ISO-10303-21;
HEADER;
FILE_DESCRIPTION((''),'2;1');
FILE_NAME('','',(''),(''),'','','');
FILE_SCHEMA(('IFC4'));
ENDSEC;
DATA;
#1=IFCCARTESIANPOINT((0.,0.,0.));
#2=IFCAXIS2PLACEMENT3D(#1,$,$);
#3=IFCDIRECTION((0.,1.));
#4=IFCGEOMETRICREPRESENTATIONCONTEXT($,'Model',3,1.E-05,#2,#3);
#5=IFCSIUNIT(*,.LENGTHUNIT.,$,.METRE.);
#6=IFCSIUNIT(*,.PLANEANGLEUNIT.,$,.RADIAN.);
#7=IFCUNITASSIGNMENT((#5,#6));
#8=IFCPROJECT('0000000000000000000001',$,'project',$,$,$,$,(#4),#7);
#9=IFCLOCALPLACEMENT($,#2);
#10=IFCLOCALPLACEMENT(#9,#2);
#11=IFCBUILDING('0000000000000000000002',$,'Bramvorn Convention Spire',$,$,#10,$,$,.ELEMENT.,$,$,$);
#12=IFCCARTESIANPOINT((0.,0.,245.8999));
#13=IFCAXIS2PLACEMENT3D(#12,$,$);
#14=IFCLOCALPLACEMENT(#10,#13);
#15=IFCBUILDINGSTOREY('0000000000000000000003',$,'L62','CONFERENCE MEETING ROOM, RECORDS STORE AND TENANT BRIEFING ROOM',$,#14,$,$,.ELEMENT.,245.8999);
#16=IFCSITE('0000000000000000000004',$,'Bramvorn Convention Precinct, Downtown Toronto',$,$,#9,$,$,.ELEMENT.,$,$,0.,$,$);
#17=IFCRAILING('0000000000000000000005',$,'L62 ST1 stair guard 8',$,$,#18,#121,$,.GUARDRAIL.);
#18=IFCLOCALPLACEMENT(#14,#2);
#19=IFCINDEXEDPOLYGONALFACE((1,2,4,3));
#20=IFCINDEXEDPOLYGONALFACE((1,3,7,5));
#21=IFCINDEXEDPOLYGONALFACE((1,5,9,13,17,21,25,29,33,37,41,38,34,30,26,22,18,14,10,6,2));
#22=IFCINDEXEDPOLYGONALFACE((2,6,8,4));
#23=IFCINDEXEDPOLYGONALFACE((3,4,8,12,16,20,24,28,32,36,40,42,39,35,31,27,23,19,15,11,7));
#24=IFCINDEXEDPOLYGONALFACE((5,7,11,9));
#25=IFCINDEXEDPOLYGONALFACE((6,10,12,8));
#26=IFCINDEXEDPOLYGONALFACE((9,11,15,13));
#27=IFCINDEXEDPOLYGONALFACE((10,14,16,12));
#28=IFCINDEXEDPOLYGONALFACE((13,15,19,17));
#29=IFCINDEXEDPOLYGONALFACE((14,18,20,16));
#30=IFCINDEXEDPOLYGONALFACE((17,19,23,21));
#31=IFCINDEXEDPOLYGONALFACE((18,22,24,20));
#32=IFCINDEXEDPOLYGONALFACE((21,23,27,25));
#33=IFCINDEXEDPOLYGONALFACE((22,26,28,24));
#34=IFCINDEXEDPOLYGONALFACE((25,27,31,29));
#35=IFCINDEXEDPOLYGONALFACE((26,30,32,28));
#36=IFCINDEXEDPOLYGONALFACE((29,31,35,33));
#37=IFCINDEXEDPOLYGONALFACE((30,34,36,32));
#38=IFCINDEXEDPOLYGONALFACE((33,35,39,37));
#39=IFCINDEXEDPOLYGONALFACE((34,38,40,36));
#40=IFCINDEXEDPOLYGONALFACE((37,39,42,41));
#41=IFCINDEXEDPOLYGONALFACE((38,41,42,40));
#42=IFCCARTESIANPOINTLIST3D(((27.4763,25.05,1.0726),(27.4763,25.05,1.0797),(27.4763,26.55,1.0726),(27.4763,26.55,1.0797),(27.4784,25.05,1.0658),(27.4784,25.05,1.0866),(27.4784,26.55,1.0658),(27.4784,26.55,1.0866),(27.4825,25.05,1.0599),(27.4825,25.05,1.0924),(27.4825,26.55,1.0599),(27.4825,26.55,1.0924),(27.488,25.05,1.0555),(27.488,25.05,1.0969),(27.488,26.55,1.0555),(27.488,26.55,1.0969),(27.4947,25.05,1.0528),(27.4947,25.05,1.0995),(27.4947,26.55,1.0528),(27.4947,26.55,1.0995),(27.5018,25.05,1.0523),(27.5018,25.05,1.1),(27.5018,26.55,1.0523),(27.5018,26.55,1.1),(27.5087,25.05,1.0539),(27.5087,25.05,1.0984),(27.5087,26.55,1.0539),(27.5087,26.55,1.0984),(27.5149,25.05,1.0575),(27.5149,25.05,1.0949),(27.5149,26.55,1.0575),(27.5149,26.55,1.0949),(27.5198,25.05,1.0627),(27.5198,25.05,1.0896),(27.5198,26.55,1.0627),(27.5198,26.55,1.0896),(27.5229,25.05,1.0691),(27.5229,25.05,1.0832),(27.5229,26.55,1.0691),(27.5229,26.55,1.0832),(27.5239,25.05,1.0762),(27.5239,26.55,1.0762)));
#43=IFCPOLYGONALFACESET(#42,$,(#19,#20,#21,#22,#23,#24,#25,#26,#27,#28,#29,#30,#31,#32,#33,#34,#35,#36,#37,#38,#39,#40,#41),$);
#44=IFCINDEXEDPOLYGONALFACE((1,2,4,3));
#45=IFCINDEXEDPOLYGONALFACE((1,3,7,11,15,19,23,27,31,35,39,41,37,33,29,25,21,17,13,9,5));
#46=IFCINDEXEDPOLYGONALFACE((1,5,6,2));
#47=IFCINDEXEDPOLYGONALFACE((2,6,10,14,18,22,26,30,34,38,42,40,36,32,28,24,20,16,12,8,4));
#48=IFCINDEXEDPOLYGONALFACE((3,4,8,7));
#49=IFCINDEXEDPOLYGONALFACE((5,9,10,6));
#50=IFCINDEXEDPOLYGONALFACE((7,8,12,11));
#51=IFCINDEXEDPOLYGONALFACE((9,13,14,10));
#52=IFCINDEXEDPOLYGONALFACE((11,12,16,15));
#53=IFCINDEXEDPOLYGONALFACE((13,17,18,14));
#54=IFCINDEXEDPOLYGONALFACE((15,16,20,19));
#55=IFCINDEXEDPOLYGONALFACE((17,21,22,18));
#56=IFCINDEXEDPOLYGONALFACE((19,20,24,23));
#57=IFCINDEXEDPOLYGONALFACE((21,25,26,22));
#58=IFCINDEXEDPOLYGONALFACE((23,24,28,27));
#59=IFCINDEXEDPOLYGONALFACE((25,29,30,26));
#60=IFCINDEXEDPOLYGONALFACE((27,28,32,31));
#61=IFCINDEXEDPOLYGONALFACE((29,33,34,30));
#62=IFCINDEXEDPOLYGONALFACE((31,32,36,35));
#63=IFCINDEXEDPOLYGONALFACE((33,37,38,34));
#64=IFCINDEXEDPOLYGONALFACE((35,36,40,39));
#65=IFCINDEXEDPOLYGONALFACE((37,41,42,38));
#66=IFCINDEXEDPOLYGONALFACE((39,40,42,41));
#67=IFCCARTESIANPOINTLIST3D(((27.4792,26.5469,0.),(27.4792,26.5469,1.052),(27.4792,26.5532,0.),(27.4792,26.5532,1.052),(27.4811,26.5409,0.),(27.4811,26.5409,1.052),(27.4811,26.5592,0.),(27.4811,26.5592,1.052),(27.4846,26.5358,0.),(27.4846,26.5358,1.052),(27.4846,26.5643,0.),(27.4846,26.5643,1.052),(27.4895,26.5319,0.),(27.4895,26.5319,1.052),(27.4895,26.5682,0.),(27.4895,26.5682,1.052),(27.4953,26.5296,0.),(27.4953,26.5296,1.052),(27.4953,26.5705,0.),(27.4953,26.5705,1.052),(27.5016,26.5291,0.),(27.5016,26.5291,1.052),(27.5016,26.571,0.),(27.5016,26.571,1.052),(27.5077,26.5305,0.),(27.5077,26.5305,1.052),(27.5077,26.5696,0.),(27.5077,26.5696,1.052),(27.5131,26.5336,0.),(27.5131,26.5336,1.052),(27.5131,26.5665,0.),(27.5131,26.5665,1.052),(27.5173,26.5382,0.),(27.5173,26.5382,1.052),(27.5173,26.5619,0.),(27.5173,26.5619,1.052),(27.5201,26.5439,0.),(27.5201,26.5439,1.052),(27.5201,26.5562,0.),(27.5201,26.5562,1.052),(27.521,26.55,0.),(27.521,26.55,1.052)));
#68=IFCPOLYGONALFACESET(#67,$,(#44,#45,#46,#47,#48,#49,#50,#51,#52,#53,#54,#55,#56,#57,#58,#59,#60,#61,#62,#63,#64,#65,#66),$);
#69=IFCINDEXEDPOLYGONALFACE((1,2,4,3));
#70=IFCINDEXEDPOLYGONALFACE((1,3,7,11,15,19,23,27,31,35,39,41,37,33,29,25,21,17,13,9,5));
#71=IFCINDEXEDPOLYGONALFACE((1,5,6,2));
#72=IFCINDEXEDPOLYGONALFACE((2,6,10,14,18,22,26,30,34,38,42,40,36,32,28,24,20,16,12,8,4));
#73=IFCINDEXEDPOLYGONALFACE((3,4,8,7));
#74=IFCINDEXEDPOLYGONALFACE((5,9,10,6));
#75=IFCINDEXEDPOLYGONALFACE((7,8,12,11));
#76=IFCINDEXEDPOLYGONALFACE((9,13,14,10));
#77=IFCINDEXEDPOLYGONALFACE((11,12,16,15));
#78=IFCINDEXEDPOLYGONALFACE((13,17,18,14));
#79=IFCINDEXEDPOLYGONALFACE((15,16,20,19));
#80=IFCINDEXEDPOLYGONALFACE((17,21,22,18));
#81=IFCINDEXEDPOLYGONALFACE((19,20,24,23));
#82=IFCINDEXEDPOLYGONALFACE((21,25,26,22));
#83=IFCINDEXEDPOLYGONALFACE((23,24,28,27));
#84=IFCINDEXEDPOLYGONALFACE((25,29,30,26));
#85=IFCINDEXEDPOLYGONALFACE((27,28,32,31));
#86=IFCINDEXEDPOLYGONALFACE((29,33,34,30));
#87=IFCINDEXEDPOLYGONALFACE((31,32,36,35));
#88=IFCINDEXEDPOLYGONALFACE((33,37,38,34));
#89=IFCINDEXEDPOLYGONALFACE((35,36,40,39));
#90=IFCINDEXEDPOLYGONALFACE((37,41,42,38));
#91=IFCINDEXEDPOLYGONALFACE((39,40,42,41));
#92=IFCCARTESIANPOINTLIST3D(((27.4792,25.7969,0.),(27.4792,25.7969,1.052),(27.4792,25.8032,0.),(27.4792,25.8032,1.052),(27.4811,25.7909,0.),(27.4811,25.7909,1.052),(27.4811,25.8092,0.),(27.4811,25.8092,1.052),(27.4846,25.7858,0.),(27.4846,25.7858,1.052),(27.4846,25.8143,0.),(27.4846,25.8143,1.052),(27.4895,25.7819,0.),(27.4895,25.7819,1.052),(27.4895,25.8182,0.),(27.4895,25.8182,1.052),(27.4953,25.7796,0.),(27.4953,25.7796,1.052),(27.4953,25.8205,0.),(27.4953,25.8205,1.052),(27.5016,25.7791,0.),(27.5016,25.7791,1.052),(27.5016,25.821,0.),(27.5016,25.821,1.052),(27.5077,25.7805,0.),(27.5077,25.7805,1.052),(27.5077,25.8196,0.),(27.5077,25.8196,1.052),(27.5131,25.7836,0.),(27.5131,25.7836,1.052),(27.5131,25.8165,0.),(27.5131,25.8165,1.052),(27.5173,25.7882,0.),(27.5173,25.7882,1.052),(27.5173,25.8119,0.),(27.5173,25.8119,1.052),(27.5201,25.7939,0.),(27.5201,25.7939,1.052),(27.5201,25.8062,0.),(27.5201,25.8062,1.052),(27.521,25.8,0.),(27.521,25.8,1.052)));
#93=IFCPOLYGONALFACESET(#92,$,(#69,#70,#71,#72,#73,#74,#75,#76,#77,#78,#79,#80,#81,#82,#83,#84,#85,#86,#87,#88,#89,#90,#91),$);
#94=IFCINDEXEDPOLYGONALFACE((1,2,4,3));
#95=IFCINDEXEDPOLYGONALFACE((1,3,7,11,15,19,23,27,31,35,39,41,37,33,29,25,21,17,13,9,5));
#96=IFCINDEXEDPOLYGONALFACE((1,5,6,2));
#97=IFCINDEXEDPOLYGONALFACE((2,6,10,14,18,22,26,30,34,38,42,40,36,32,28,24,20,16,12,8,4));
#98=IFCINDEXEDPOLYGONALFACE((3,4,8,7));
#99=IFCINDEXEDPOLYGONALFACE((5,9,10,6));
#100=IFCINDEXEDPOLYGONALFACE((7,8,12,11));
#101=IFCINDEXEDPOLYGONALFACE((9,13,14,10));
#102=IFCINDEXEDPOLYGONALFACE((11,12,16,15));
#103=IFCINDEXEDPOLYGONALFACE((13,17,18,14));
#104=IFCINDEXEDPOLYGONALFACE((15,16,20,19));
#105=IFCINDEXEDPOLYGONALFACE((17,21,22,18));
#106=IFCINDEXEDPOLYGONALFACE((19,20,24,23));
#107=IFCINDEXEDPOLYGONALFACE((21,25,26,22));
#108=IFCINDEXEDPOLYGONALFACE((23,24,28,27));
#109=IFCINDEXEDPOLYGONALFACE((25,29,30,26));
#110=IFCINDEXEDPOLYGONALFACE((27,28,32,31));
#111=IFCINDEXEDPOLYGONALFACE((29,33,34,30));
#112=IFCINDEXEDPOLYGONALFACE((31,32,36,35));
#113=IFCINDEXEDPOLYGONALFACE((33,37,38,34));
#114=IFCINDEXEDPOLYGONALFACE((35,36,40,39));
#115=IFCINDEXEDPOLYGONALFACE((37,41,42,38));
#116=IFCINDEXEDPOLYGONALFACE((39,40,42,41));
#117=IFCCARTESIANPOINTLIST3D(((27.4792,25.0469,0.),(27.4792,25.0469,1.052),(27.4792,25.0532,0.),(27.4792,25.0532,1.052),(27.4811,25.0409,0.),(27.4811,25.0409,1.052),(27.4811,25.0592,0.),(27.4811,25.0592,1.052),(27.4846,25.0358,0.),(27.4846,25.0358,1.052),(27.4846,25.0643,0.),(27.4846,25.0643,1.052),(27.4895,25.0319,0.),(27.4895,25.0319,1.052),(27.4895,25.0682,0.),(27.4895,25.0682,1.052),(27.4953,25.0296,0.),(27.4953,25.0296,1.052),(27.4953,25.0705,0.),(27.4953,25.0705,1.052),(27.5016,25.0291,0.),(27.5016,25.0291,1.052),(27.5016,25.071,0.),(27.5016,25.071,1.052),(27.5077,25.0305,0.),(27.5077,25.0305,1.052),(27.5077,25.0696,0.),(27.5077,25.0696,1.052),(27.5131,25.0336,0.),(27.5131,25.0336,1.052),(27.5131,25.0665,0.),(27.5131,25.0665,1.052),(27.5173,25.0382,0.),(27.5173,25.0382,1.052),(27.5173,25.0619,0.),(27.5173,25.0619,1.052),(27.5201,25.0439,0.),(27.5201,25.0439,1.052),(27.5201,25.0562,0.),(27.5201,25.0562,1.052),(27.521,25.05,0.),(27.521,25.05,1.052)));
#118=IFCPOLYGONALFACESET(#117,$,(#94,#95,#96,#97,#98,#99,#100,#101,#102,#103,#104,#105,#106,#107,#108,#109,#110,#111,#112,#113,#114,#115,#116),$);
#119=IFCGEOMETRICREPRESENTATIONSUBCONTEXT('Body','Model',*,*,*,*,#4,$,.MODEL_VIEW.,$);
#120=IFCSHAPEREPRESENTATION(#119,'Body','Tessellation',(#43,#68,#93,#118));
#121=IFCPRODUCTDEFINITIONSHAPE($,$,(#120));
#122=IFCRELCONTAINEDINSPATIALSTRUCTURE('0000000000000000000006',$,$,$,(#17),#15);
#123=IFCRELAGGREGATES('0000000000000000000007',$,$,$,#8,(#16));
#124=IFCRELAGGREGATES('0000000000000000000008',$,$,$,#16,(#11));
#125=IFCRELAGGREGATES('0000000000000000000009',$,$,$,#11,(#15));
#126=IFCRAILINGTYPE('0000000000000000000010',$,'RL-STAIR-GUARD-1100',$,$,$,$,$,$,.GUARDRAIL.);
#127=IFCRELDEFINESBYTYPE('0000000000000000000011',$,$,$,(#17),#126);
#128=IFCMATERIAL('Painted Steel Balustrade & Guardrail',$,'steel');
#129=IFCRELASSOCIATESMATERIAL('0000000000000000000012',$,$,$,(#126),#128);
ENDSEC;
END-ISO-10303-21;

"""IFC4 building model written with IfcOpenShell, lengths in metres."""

from ifc_helpers import new_model, si_unit, direction, frame, origin, origin_2d, place, context, subcontext, project, spatial, circle, extrude, material, type_object, element, save


model = new_model("IFC4")

# Units and contexts
model_context = context("Model", 3, precision=1e-05, world=origin(), true_north=direction((0.0, 1.0)))
body_context = subcontext(model_context, "Body", "Model", "MODEL_VIEW")
ifc_project = project(units=[si_unit("LENGTHUNIT", "METRE"), si_unit("PLANEANGLEUNIT", "RADIAN")], contexts=[model_context])

# Site, building, storey
site_placement = place(None, origin())
site = spatial("IfcSite", under=ifc_project, at=site_placement, Name="Bramvorn Convention Precinct, Downtown Toronto", CompositionType="ELEMENT", RefElevation=0.0)
building_placement = place(site_placement, origin())
building = spatial("IfcBuilding", under=site, at=building_placement, Name="Bramvorn Convention Spire", CompositionType="ELEMENT")
storey_placement = place(building_placement, frame((0.0, 0.0, 245.8999)))
storey = spatial("IfcBuildingStorey", under=building, at=storey_placement, Name="L62", Description="CONFERENCE MEETING ROOM, RECORDS STORE AND TENANT BRIEFING ROOM", CompositionType="ELEMENT", Elevation=245.8999)

# Railing
ifc_material_1 = material(Name="Painted Steel Balustrade & Guardrail", Category="steel")
railing_type_1 = type_object("IfcRailingType", Name="RL-STAIR-GUARD-1100", PredefinedType="GUARDRAIL", material=ifc_material_1)
railing_1_placement = place(storey_placement, frame((27.5, 26.55, 0.0)))
element("IfcRailing", 1, at=railing_1_placement, inside=storey, type_object=railing_type_1, Name="L62 ST1 stair guard 8", PredefinedType="GUARDRAIL", context=body_context, shape_type="SweptSolid", body=[
    extrude(circle(Radius=0.0239, at=origin_2d()), frame((0.0, 0.0, 1.0762), z_axis=(0.0, -1.0, 0.0), x_axis=(1.0, 0.0, 0.0)), (0.0, 0.0, 1.0), 1.5),
    extrude(circle(Radius=0.021, at=origin_2d()), origin(), (0.0, 0.0, 1.0), 1.052),
    extrude(circle(Radius=0.021, at=origin_2d()), frame((0.0, -0.75, 0.0)), (0.0, 0.0, 1.0), 1.052),
    extrude(circle(Radius=0.021, at=origin_2d()), frame((0.0, -1.5, 0.0)), (0.0, 0.0, 1.0), 1.052),
])

save(model, "model.ifc")
